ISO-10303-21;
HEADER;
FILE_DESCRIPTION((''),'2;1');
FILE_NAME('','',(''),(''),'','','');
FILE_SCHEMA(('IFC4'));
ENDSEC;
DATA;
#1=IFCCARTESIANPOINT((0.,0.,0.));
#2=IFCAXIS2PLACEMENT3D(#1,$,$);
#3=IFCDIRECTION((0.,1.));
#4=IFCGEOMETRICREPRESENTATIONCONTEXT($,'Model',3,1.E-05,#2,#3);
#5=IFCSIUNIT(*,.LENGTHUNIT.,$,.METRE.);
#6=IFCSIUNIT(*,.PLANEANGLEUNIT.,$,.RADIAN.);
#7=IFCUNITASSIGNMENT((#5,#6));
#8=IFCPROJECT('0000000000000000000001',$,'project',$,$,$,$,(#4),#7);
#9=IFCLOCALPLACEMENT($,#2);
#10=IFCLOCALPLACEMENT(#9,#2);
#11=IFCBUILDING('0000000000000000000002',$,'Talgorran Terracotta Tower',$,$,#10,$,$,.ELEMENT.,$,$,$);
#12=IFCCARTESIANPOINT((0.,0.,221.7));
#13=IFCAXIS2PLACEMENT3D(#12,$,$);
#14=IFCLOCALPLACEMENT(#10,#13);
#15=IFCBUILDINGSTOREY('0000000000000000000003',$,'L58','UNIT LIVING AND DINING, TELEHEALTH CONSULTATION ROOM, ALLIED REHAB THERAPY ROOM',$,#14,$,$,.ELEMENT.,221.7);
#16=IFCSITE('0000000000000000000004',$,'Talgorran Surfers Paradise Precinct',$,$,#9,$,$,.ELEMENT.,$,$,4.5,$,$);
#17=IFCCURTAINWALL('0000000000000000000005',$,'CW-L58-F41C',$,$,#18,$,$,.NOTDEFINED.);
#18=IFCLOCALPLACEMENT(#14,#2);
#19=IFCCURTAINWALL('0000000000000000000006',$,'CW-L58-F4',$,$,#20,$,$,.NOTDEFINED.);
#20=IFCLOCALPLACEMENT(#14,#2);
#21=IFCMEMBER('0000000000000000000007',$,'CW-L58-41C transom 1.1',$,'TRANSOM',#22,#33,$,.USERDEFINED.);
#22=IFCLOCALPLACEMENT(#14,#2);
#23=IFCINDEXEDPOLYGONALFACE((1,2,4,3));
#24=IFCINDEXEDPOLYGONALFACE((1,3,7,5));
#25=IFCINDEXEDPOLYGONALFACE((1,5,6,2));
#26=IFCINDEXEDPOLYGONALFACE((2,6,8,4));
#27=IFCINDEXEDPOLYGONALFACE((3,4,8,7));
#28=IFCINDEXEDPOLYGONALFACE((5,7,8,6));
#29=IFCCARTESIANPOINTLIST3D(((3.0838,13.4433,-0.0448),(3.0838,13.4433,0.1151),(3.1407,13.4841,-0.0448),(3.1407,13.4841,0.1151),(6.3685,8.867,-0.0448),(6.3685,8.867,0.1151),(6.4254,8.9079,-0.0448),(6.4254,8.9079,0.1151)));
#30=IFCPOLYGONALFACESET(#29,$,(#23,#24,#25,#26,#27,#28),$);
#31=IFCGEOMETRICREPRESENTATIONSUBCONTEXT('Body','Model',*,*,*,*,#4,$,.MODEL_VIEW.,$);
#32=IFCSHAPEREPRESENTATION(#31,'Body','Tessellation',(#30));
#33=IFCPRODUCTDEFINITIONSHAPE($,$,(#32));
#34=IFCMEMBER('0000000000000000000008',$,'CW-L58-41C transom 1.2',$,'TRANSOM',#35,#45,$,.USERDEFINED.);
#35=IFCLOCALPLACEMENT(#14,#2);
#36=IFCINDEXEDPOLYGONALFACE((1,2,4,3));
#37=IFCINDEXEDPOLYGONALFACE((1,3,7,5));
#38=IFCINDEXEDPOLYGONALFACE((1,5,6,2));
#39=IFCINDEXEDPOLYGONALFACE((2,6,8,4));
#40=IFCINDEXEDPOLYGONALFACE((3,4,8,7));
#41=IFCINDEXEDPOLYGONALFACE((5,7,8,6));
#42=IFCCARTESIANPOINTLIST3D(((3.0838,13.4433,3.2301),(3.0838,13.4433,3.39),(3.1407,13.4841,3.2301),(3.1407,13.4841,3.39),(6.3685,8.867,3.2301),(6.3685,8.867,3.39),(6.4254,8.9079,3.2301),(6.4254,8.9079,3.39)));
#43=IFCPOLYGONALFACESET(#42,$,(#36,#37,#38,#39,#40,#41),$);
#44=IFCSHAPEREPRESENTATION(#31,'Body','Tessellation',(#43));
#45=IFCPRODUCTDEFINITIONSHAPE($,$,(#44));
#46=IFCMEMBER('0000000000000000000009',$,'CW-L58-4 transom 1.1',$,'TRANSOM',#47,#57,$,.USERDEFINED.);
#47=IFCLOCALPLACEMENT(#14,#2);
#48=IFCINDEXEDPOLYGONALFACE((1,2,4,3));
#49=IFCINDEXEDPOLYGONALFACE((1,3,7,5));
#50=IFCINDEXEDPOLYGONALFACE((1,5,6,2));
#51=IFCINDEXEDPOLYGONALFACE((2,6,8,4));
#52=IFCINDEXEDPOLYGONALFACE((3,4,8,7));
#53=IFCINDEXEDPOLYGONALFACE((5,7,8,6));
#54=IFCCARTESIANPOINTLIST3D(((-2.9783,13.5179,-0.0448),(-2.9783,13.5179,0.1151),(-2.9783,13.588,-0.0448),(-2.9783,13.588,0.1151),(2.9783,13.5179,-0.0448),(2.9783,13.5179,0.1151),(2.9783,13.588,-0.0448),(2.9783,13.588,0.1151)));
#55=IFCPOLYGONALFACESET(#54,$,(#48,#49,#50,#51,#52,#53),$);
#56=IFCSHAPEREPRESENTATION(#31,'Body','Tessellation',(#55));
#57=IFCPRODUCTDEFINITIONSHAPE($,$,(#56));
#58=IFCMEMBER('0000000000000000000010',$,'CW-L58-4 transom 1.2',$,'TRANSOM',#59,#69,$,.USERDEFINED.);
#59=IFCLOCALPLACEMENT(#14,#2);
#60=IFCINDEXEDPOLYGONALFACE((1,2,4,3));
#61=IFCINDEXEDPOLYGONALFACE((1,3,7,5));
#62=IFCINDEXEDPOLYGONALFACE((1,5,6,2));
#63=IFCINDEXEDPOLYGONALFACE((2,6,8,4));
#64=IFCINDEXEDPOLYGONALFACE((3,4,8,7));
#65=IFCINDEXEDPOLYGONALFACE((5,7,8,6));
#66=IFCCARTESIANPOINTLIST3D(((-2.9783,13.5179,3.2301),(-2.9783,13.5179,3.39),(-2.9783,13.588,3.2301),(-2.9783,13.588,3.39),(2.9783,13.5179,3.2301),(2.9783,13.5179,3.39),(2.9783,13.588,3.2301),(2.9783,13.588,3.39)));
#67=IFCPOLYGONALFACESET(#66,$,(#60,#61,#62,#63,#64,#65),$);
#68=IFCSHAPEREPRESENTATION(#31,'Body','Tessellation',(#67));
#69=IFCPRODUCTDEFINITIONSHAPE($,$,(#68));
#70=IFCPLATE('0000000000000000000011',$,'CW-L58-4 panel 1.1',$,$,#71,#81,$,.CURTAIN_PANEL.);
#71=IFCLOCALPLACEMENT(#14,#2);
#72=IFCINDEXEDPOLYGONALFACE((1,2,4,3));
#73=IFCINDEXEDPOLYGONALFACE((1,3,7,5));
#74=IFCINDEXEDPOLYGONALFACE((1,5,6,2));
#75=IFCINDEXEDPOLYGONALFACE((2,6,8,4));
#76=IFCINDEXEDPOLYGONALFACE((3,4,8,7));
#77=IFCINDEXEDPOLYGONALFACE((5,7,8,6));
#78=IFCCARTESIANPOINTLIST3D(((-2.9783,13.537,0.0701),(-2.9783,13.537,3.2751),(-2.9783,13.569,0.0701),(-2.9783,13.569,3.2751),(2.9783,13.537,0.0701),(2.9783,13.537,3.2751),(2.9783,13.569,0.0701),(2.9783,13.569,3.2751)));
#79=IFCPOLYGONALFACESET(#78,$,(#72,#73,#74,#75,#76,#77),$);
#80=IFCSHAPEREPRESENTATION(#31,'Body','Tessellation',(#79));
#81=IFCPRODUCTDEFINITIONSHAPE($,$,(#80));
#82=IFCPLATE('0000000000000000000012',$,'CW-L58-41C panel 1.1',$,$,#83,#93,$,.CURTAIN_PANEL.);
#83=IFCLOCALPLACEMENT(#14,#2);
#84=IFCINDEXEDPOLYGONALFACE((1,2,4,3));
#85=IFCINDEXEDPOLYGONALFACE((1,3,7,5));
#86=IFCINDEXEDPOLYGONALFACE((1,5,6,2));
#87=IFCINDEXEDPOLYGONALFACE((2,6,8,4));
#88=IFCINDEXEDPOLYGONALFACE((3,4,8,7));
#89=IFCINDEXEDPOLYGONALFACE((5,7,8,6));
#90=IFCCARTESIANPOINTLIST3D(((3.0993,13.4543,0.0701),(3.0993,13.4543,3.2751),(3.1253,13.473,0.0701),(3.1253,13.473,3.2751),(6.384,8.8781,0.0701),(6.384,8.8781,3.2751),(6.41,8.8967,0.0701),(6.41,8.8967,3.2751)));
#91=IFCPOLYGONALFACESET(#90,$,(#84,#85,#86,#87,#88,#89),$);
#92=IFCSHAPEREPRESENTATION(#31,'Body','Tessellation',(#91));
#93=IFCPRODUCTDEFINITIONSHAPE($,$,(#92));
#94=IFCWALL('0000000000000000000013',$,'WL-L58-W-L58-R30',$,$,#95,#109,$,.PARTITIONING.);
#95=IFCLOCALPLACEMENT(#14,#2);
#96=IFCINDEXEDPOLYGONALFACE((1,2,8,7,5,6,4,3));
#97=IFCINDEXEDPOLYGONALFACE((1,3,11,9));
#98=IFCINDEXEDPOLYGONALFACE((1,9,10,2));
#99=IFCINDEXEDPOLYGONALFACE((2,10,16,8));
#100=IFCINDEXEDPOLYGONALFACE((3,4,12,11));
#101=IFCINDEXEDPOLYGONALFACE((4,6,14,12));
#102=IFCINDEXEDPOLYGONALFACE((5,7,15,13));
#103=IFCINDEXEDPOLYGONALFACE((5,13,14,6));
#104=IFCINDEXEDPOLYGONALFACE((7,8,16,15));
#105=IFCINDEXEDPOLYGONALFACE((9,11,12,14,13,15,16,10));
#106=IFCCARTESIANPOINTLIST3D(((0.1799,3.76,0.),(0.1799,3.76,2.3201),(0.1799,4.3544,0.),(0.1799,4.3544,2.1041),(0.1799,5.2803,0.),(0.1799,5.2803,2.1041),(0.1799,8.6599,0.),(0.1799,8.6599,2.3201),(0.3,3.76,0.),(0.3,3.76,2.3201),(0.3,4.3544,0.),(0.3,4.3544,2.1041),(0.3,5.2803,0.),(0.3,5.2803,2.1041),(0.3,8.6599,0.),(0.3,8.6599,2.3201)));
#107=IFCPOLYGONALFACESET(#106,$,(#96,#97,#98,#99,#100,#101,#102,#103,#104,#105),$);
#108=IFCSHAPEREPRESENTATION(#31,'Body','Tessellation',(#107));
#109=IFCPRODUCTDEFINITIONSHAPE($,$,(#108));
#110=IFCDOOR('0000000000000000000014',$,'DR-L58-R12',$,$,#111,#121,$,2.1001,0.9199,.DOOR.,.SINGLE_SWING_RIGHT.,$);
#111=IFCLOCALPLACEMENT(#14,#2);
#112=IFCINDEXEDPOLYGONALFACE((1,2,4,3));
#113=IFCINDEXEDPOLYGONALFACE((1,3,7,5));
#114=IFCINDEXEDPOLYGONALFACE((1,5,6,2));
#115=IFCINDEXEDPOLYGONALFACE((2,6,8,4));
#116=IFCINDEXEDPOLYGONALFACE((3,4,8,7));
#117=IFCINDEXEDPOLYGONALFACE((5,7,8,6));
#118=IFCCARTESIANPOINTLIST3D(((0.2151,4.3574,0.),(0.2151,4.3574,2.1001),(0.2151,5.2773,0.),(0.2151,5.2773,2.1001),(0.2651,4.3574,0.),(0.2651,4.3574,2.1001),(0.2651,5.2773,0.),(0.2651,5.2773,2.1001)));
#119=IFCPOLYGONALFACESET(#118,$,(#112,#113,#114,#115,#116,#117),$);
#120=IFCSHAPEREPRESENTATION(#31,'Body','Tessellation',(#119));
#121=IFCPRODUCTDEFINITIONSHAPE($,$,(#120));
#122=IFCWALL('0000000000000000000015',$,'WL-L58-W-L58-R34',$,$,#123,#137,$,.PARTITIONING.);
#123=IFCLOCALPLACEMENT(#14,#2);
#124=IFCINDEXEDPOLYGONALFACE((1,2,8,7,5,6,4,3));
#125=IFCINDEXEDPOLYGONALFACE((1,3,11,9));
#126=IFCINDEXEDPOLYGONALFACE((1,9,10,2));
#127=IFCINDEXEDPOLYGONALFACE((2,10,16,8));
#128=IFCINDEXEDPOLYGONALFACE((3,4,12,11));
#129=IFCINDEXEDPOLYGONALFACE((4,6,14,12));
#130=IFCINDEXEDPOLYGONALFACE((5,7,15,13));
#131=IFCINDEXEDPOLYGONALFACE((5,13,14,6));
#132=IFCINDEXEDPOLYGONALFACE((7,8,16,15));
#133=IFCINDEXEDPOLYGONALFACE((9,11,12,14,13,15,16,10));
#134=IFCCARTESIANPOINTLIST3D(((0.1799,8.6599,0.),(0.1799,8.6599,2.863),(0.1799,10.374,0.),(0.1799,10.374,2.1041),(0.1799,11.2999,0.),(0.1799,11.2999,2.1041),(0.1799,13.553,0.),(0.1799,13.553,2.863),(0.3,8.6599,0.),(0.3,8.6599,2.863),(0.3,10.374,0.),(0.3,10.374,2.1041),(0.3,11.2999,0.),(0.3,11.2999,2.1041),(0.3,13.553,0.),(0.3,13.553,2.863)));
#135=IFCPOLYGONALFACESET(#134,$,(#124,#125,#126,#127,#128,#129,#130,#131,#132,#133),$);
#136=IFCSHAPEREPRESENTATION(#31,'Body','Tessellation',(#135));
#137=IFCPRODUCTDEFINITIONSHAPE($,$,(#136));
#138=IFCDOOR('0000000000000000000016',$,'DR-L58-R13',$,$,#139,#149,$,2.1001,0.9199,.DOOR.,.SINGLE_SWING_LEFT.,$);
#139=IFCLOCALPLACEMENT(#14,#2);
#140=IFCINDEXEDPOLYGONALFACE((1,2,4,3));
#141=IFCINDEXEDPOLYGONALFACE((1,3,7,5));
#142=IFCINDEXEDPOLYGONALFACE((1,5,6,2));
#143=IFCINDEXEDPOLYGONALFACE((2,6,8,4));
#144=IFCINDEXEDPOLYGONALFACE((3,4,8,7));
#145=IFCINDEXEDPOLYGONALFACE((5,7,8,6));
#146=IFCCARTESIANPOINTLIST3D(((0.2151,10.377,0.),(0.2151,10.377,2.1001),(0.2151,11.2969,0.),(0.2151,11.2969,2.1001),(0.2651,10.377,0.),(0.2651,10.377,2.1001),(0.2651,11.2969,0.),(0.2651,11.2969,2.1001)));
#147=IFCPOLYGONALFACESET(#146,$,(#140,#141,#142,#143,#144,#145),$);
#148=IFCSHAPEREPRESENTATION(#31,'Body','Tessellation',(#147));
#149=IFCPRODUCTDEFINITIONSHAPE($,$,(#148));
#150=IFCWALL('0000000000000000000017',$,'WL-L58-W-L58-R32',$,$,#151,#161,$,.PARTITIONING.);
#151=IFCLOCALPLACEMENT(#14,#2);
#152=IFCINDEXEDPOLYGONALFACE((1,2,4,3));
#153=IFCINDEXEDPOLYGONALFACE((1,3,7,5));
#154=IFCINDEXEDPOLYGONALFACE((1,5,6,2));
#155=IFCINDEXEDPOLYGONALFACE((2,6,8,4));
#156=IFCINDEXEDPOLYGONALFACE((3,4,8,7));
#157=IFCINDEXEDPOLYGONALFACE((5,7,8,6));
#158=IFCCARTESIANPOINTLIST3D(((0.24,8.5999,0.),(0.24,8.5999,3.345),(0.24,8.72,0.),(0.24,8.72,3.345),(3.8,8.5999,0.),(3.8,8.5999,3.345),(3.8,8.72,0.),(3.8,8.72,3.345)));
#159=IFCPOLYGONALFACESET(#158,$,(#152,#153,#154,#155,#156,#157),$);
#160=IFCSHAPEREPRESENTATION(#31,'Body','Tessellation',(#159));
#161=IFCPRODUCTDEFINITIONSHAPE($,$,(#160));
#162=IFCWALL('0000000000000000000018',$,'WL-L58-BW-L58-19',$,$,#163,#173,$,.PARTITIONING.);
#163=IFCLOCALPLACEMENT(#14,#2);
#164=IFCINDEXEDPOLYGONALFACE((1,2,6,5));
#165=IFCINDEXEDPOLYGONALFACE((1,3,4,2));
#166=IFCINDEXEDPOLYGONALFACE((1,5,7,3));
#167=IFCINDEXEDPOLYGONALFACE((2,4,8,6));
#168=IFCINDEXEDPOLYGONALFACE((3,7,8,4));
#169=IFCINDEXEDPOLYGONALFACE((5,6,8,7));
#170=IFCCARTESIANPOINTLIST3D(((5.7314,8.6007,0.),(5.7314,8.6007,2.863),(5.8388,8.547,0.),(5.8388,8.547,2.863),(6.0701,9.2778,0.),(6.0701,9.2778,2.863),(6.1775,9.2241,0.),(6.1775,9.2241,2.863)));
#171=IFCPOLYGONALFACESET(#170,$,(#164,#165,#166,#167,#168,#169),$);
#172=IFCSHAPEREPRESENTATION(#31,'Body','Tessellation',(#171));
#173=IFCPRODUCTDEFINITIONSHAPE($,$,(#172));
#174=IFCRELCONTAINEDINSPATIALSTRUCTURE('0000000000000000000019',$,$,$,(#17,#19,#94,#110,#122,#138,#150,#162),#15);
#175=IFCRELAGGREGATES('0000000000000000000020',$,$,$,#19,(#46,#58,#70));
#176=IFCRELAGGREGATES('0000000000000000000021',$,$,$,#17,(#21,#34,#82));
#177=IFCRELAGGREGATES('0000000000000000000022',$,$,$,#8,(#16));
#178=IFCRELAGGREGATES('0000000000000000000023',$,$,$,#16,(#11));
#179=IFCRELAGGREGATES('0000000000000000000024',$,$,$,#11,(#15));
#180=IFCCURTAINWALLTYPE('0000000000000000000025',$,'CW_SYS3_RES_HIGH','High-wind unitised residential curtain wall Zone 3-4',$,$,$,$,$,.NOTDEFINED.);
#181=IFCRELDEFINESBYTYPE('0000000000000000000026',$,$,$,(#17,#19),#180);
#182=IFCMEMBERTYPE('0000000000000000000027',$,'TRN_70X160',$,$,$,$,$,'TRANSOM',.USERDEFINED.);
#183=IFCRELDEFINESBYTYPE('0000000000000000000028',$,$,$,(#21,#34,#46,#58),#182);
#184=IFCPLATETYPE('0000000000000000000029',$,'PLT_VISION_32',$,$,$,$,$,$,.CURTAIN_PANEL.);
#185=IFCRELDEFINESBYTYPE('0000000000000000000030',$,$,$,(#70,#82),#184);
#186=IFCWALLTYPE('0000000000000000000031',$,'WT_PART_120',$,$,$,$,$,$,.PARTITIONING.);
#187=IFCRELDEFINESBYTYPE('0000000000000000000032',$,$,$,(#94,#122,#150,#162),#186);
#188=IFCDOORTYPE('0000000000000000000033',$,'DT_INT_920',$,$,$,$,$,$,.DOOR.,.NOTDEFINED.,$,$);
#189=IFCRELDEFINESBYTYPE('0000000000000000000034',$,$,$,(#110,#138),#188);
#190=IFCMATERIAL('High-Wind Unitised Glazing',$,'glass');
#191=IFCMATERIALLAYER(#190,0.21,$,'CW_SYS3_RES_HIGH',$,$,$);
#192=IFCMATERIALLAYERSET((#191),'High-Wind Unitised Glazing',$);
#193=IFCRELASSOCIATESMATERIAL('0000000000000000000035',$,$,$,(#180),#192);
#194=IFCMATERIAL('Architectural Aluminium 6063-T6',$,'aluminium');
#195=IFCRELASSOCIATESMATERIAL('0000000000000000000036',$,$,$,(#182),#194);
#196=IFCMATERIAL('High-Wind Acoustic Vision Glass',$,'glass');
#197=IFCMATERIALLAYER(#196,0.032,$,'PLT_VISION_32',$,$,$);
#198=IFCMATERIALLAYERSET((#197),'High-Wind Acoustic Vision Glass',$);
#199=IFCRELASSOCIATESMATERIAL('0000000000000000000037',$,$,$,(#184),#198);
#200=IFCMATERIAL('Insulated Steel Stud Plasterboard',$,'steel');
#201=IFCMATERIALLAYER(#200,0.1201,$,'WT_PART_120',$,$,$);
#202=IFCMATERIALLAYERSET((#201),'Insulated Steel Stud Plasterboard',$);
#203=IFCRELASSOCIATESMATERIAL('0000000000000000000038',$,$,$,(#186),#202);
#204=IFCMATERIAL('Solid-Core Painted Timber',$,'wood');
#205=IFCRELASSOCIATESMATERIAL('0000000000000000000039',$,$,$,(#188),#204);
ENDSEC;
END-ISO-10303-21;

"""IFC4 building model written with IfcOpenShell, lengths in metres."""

from ifc_helpers import new_model, si_unit, direction, frame, frame_2d, origin, origin_2d, place, context, subcontext, project, spatial, rectangle, extrude, source, transform, mapped, material, layer, layer_set, material_profile, profile_set, type_object, type_shapes, element, fill, aggregate, save


model = new_model("IFC4")

# Units and contexts
model_context = context("Model", 3, precision=1e-05, world=origin(), true_north=direction((0.0, 1.0)))
body_context = subcontext(model_context, "Body", "Model", "MODEL_VIEW")
ifc_project = project(units=[si_unit("LENGTHUNIT", "METRE"), si_unit("PLANEANGLEUNIT", "RADIAN")], contexts=[model_context])

# Site, building, storey
site_placement = place(None, origin())
site = spatial("IfcSite", under=ifc_project, at=site_placement, Name="Talgorran Surfers Paradise Precinct", CompositionType="ELEMENT", RefElevation=4.5)
building_placement = place(site_placement, origin())
building = spatial("IfcBuilding", under=site, at=building_placement, Name="Talgorran Terracotta Tower", CompositionType="ELEMENT")
storey_placement = place(building_placement, frame((0.0, 0.0, 221.7)))
storey = spatial("IfcBuildingStorey", under=building, at=storey_placement, Name="L58", Description="UNIT LIVING AND DINING, TELEHEALTH CONSULTATION ROOM, ALLIED REHAB THERAPY ROOM", CompositionType="ELEMENT", Elevation=221.7)

# Curtain walls
ifc_material_1 = material(Name="High-Wind Unitised Glazing", Category="glass")
ifc_layer_1 = layer(ifc_material_1, 0.21, Name="CW_SYS3_RES_HIGH")
ifc_layer_set_1 = layer_set([ifc_layer_1], Name="High-Wind Unitised Glazing")
curtain_wall_type = type_object("IfcCurtainWallType", Name="CW_SYS3_RES_HIGH", Description="High-wind unitised residential curtain wall Zone 3-4", PredefinedType="NOTDEFINED", material=ifc_layer_set_1)
curtain_wall_1_placement = place(storey_placement, origin())
curtain_wall_1 = element("IfcCurtainWall", 1, at=curtain_wall_1_placement, inside=storey, type_object=curtain_wall_type, Name="CW-L58-F41C", PredefinedType="NOTDEFINED")
ifc_material_2 = material(Name="Architectural Aluminium 6063-T6", Category="aluminium")
curtain_wall_2_placement = place(storey_placement, origin())
curtain_wall_2 = element("IfcCurtainWall", 2, at=curtain_wall_2_placement, inside=storey, type_object=curtain_wall_type, Name="CW-L58-F4", PredefinedType="NOTDEFINED")

# Members
ifc_material_profile_1 = material_profile(ifc_material_2, rectangle(XDim=0.0701, YDim=0.1599, at=origin_2d()), Name="CWT70X160")
ifc_profile_set_1 = profile_set([ifc_material_profile_1], Name="Architectural Aluminium 6063-T6")
member_type_1 = type_object("IfcMemberType", Name="TRN_70X160", ElementType="TRANSOM", PredefinedType="USERDEFINED", material=ifc_profile_set_1)
member_1_placement = place(storey_placement, frame((6.397, 8.8875, 0.0352), z_axis=(-0.583114, 0.81239, 0.0), x_axis=(-0.81239, -0.583114, 0.0)))
member_1 = element("IfcMember", 3, at=member_1_placement, type_object=member_type_1, Name="CW-L58-41C transom 1.1", ObjectType="TRANSOM", PredefinedType="USERDEFINED", context=body_context, shape_type="SweptSolid", body=[
    extrude(rectangle(XDim=0.0701, YDim=0.1599, at=origin_2d()), origin(), (0.0, 0.0, 1.0), 5.6331),
])
member_2_placement = place(storey_placement, frame((6.397, 8.8875, 3.3101), z_axis=(-0.583114, 0.81239, 0.0), x_axis=(-0.81239, -0.583114, 0.0)))
member_2 = element("IfcMember", 4, at=member_2_placement, type_object=member_type_1, Name="CW-L58-41C transom 1.2", ObjectType="TRANSOM", PredefinedType="USERDEFINED", context=body_context, shape_type="SweptSolid", body=[
    extrude(rectangle(XDim=0.0701, YDim=0.1599, at=origin_2d()), origin(), (0.0, 0.0, 1.0), 5.6331),
])
member_3_placement = place(storey_placement, frame((2.9783, 13.553, 0.0352), z_axis=(-1.0, 0.0, 0.0), x_axis=(0.0, -1.0, 0.0)))
member_3 = element("IfcMember", 5, at=member_3_placement, type_object=member_type_1, Name="CW-L58-4 transom 1.1", ObjectType="TRANSOM", PredefinedType="USERDEFINED", context=body_context, shape_type="SweptSolid", body=[
    extrude(rectangle(XDim=0.0701, YDim=0.1599, at=origin_2d()), origin(), (0.0, 0.0, 1.0), 5.9565),
])
member_4_placement = place(storey_placement, frame((2.9783, 13.553, 3.3101), z_axis=(-1.0, 0.0, 0.0), x_axis=(0.0, -1.0, 0.0)))
member_4 = element("IfcMember", 6, at=member_4_placement, type_object=member_type_1, Name="CW-L58-4 transom 1.2", ObjectType="TRANSOM", PredefinedType="USERDEFINED", context=body_context, shape_type="SweptSolid", body=[
    extrude(rectangle(XDim=0.0701, YDim=0.1599, at=origin_2d()), origin(), (0.0, 0.0, 1.0), 5.9565),
])

# Plates
ifc_material_3 = material(Name="High-Wind Acoustic Vision Glass", Category="glass")
ifc_layer_2 = layer(ifc_material_3, 0.032, Name="PLT_VISION_32")
ifc_layer_set_2 = layer_set([ifc_layer_2], Name="High-Wind Acoustic Vision Glass")
plate_type = type_object("IfcPlateType", Name="PLT_VISION_32", PredefinedType="CURTAIN_PANEL", material=ifc_layer_set_2)
shared_shape_1 = source(origin(), body_context, "Body", "SweptSolid", [
    extrude(rectangle(XDim=5.9565, YDim=0.032, at=origin_2d()), origin(), (0.0, 0.0, 1.0), 3.2051),
])
plate_1_placement = place(storey_placement, frame((0.0, 13.553, 0.0701), z_axis=(0.0, 0.0, 1.0), x_axis=(-1.0, 0.0, 0.0)))
plate_1 = element("IfcPlate", 7, at=plate_1_placement, type_object=plate_type, Name="CW-L58-4 panel 1.1", PredefinedType="CURTAIN_PANEL", context=body_context, shape_type="MappedRepresentation", body=[
    mapped(shared_shape_1, transform((0.0, 0.0, 0.0), scale=1.0)),
])
aggregate(curtain_wall_2, [member_3, member_4, plate_1])
shared_shape_2 = source(origin(), body_context, "Body", "SweptSolid", [
    extrude(rectangle(XDim=5.6331, YDim=0.032, at=origin_2d()), origin(), (0.0, 0.0, 1.0), 3.2051),
])
type_shapes(plate_type, [shared_shape_1, shared_shape_2])
plate_2_placement = place(storey_placement, frame((4.7546, 11.1755, 0.0701), z_axis=(0.0, 0.0, 1.0), x_axis=(-0.583114, 0.81239, 0.0)))
plate_2 = element("IfcPlate", 8, at=plate_2_placement, type_object=plate_type, Name="CW-L58-41C panel 1.1", PredefinedType="CURTAIN_PANEL", context=body_context, shape_type="MappedRepresentation", body=[
    mapped(shared_shape_2, transform((0.0, 0.0, 0.0), scale=1.0)),
])
aggregate(curtain_wall_1, [member_1, member_2, plate_2])

# Walls, openings, doors
ifc_material_4 = material(Name="Insulated Steel Stud Plasterboard", Category="steel")
ifc_layer_3 = layer(ifc_material_4, 0.1201, Name="WT_PART_120")
ifc_layer_set_3 = layer_set([ifc_layer_3], Name="Insulated Steel Stud Plasterboard")
wall_type = type_object("IfcWallType", Name="WT_PART_120", PredefinedType="PARTITIONING", material=ifc_layer_set_3)
wall_1_placement = place(storey_placement, frame((0.24, 3.76, 0.0), z_axis=(0.0, 0.0, 1.0), x_axis=(0.0, 1.0, 0.0)))
wall_1 = element("IfcWall", 9, at=wall_1_placement, inside=storey, type_object=wall_type, Name="WL-L58-W-L58-R30", PredefinedType="PARTITIONING", context=body_context, shape_type="SweptSolid", body=[
    extrude(rectangle(XDim=4.8999, YDim=0.1201, at=frame_2d((2.45, 0.0))), origin(), (0.0, 0.0, 1.0), 2.3201),
])
opening_1_placement = place(wall_1_placement, frame((0.5974, 0.0, 0.0)))
opening_1 = element("IfcOpeningElement", 10, at=opening_1_placement, cuts=wall_1, PredefinedType="OPENING", context=body_context, shape_type="SweptSolid", body=[
    extrude(rectangle(XDim=0.9259, YDim=2.1041, at=frame_2d((0.46, 1.052))), frame((0.0, 0.0701, 0.0), z_axis=(0.0, -1.0, 0.0), x_axis=(1.0, 0.0, 0.0)), (0.0, 0.0, 1.0), 0.1401),
])
ifc_material_5 = material(Name="Solid-Core Painted Timber", Category="wood")
door_type = type_object("IfcDoorType", Name="DT_INT_920", OperationType="NOTDEFINED", PredefinedType="DOOR", material=ifc_material_5)
door_1_placement = place(opening_1_placement, origin())
door_1 = element("IfcDoor", 11, at=door_1_placement, inside=storey, type_object=door_type, Name="DR-L58-R12", OperationType="SINGLE_SWING_RIGHT", OverallHeight=2.1001, OverallWidth=0.9199, PredefinedType="DOOR", context=body_context, shape_type="SweptSolid", body=[
    extrude(rectangle(XDim=0.9199, YDim=2.1001, at=frame_2d((0.46, 1.05))), frame((0.0, 0.0249, 0.0), z_axis=(0.0, -1.0, 0.0), x_axis=(1.0, 0.0, 0.0)), (0.0, 0.0, 1.0), 0.05),
])
fill(opening_1, door_1)
wall_2_placement = place(storey_placement, frame((0.24, 8.6599, 0.0), z_axis=(0.0, 0.0, 1.0), x_axis=(0.0, 1.0, 0.0)))
wall_2 = element("IfcWall", 12, at=wall_2_placement, inside=storey, type_object=wall_type, Name="WL-L58-W-L58-R34", PredefinedType="PARTITIONING", context=body_context, shape_type="SweptSolid", body=[
    extrude(rectangle(XDim=4.8931, YDim=0.1201, at=frame_2d((2.4465, 0.0))), origin(), (0.0, 0.0, 1.0), 2.863),
])
opening_2_placement = place(wall_2_placement, frame((1.717, 0.0, 0.0)))
opening_2 = element("IfcOpeningElement", 13, at=opening_2_placement, cuts=wall_2, PredefinedType="OPENING", context=body_context, shape_type="SweptSolid", body=[
    extrude(rectangle(XDim=0.9259, YDim=2.1041, at=frame_2d((0.46, 1.052))), frame((0.0, 0.0701, 0.0), z_axis=(0.0, -1.0, 0.0), x_axis=(1.0, 0.0, 0.0)), (0.0, 0.0, 1.0), 0.1401),
])
door_2_placement = place(opening_2_placement, origin())
door_2 = element("IfcDoor", 14, at=door_2_placement, inside=storey, type_object=door_type, Name="DR-L58-R13", OperationType="SINGLE_SWING_LEFT", OverallHeight=2.1001, OverallWidth=0.9199, PredefinedType="DOOR", context=body_context, shape_type="SweptSolid", body=[
    extrude(rectangle(XDim=0.9199, YDim=2.1001, at=frame_2d((0.46, 1.05))), frame((0.0, 0.0249, 0.0), z_axis=(0.0, -1.0, 0.0), x_axis=(1.0, 0.0, 0.0)), (0.0, 0.0, 1.0), 0.05),
])
fill(opening_2, door_2)

# Walls
wall_3_placement = place(storey_placement, frame((0.24, 8.6599, 0.0), z_axis=(0.0, 0.0, 1.0), x_axis=(1.0, 0.0, 0.0)))
element("IfcWall", 15, at=wall_3_placement, inside=storey, type_object=wall_type, Name="WL-L58-W-L58-R32", PredefinedType="PARTITIONING", context=body_context, shape_type="SweptSolid", body=[
    extrude(rectangle(XDim=3.5601, YDim=0.1201, at=frame_2d((1.78, 0.0))), origin(), (0.0, 0.0, 1.0), 3.345),
])
wall_4_placement = place(storey_placement, frame((5.7852, 8.574, 0.0), z_axis=(0.0, 0.0, 1.0), x_axis=(0.447343, 0.894363, 0.0)))
element("IfcWall", 16, at=wall_4_placement, inside=storey, type_object=wall_type, Name="WL-L58-BW-L58-19", PredefinedType="PARTITIONING", context=body_context, shape_type="SweptSolid", body=[
    extrude(rectangle(XDim=0.7571, YDim=0.1201, at=frame_2d((0.3784, 0.0))), origin(), (0.0, 0.0, 1.0), 2.863),
])

save(model, "model.ifc")
